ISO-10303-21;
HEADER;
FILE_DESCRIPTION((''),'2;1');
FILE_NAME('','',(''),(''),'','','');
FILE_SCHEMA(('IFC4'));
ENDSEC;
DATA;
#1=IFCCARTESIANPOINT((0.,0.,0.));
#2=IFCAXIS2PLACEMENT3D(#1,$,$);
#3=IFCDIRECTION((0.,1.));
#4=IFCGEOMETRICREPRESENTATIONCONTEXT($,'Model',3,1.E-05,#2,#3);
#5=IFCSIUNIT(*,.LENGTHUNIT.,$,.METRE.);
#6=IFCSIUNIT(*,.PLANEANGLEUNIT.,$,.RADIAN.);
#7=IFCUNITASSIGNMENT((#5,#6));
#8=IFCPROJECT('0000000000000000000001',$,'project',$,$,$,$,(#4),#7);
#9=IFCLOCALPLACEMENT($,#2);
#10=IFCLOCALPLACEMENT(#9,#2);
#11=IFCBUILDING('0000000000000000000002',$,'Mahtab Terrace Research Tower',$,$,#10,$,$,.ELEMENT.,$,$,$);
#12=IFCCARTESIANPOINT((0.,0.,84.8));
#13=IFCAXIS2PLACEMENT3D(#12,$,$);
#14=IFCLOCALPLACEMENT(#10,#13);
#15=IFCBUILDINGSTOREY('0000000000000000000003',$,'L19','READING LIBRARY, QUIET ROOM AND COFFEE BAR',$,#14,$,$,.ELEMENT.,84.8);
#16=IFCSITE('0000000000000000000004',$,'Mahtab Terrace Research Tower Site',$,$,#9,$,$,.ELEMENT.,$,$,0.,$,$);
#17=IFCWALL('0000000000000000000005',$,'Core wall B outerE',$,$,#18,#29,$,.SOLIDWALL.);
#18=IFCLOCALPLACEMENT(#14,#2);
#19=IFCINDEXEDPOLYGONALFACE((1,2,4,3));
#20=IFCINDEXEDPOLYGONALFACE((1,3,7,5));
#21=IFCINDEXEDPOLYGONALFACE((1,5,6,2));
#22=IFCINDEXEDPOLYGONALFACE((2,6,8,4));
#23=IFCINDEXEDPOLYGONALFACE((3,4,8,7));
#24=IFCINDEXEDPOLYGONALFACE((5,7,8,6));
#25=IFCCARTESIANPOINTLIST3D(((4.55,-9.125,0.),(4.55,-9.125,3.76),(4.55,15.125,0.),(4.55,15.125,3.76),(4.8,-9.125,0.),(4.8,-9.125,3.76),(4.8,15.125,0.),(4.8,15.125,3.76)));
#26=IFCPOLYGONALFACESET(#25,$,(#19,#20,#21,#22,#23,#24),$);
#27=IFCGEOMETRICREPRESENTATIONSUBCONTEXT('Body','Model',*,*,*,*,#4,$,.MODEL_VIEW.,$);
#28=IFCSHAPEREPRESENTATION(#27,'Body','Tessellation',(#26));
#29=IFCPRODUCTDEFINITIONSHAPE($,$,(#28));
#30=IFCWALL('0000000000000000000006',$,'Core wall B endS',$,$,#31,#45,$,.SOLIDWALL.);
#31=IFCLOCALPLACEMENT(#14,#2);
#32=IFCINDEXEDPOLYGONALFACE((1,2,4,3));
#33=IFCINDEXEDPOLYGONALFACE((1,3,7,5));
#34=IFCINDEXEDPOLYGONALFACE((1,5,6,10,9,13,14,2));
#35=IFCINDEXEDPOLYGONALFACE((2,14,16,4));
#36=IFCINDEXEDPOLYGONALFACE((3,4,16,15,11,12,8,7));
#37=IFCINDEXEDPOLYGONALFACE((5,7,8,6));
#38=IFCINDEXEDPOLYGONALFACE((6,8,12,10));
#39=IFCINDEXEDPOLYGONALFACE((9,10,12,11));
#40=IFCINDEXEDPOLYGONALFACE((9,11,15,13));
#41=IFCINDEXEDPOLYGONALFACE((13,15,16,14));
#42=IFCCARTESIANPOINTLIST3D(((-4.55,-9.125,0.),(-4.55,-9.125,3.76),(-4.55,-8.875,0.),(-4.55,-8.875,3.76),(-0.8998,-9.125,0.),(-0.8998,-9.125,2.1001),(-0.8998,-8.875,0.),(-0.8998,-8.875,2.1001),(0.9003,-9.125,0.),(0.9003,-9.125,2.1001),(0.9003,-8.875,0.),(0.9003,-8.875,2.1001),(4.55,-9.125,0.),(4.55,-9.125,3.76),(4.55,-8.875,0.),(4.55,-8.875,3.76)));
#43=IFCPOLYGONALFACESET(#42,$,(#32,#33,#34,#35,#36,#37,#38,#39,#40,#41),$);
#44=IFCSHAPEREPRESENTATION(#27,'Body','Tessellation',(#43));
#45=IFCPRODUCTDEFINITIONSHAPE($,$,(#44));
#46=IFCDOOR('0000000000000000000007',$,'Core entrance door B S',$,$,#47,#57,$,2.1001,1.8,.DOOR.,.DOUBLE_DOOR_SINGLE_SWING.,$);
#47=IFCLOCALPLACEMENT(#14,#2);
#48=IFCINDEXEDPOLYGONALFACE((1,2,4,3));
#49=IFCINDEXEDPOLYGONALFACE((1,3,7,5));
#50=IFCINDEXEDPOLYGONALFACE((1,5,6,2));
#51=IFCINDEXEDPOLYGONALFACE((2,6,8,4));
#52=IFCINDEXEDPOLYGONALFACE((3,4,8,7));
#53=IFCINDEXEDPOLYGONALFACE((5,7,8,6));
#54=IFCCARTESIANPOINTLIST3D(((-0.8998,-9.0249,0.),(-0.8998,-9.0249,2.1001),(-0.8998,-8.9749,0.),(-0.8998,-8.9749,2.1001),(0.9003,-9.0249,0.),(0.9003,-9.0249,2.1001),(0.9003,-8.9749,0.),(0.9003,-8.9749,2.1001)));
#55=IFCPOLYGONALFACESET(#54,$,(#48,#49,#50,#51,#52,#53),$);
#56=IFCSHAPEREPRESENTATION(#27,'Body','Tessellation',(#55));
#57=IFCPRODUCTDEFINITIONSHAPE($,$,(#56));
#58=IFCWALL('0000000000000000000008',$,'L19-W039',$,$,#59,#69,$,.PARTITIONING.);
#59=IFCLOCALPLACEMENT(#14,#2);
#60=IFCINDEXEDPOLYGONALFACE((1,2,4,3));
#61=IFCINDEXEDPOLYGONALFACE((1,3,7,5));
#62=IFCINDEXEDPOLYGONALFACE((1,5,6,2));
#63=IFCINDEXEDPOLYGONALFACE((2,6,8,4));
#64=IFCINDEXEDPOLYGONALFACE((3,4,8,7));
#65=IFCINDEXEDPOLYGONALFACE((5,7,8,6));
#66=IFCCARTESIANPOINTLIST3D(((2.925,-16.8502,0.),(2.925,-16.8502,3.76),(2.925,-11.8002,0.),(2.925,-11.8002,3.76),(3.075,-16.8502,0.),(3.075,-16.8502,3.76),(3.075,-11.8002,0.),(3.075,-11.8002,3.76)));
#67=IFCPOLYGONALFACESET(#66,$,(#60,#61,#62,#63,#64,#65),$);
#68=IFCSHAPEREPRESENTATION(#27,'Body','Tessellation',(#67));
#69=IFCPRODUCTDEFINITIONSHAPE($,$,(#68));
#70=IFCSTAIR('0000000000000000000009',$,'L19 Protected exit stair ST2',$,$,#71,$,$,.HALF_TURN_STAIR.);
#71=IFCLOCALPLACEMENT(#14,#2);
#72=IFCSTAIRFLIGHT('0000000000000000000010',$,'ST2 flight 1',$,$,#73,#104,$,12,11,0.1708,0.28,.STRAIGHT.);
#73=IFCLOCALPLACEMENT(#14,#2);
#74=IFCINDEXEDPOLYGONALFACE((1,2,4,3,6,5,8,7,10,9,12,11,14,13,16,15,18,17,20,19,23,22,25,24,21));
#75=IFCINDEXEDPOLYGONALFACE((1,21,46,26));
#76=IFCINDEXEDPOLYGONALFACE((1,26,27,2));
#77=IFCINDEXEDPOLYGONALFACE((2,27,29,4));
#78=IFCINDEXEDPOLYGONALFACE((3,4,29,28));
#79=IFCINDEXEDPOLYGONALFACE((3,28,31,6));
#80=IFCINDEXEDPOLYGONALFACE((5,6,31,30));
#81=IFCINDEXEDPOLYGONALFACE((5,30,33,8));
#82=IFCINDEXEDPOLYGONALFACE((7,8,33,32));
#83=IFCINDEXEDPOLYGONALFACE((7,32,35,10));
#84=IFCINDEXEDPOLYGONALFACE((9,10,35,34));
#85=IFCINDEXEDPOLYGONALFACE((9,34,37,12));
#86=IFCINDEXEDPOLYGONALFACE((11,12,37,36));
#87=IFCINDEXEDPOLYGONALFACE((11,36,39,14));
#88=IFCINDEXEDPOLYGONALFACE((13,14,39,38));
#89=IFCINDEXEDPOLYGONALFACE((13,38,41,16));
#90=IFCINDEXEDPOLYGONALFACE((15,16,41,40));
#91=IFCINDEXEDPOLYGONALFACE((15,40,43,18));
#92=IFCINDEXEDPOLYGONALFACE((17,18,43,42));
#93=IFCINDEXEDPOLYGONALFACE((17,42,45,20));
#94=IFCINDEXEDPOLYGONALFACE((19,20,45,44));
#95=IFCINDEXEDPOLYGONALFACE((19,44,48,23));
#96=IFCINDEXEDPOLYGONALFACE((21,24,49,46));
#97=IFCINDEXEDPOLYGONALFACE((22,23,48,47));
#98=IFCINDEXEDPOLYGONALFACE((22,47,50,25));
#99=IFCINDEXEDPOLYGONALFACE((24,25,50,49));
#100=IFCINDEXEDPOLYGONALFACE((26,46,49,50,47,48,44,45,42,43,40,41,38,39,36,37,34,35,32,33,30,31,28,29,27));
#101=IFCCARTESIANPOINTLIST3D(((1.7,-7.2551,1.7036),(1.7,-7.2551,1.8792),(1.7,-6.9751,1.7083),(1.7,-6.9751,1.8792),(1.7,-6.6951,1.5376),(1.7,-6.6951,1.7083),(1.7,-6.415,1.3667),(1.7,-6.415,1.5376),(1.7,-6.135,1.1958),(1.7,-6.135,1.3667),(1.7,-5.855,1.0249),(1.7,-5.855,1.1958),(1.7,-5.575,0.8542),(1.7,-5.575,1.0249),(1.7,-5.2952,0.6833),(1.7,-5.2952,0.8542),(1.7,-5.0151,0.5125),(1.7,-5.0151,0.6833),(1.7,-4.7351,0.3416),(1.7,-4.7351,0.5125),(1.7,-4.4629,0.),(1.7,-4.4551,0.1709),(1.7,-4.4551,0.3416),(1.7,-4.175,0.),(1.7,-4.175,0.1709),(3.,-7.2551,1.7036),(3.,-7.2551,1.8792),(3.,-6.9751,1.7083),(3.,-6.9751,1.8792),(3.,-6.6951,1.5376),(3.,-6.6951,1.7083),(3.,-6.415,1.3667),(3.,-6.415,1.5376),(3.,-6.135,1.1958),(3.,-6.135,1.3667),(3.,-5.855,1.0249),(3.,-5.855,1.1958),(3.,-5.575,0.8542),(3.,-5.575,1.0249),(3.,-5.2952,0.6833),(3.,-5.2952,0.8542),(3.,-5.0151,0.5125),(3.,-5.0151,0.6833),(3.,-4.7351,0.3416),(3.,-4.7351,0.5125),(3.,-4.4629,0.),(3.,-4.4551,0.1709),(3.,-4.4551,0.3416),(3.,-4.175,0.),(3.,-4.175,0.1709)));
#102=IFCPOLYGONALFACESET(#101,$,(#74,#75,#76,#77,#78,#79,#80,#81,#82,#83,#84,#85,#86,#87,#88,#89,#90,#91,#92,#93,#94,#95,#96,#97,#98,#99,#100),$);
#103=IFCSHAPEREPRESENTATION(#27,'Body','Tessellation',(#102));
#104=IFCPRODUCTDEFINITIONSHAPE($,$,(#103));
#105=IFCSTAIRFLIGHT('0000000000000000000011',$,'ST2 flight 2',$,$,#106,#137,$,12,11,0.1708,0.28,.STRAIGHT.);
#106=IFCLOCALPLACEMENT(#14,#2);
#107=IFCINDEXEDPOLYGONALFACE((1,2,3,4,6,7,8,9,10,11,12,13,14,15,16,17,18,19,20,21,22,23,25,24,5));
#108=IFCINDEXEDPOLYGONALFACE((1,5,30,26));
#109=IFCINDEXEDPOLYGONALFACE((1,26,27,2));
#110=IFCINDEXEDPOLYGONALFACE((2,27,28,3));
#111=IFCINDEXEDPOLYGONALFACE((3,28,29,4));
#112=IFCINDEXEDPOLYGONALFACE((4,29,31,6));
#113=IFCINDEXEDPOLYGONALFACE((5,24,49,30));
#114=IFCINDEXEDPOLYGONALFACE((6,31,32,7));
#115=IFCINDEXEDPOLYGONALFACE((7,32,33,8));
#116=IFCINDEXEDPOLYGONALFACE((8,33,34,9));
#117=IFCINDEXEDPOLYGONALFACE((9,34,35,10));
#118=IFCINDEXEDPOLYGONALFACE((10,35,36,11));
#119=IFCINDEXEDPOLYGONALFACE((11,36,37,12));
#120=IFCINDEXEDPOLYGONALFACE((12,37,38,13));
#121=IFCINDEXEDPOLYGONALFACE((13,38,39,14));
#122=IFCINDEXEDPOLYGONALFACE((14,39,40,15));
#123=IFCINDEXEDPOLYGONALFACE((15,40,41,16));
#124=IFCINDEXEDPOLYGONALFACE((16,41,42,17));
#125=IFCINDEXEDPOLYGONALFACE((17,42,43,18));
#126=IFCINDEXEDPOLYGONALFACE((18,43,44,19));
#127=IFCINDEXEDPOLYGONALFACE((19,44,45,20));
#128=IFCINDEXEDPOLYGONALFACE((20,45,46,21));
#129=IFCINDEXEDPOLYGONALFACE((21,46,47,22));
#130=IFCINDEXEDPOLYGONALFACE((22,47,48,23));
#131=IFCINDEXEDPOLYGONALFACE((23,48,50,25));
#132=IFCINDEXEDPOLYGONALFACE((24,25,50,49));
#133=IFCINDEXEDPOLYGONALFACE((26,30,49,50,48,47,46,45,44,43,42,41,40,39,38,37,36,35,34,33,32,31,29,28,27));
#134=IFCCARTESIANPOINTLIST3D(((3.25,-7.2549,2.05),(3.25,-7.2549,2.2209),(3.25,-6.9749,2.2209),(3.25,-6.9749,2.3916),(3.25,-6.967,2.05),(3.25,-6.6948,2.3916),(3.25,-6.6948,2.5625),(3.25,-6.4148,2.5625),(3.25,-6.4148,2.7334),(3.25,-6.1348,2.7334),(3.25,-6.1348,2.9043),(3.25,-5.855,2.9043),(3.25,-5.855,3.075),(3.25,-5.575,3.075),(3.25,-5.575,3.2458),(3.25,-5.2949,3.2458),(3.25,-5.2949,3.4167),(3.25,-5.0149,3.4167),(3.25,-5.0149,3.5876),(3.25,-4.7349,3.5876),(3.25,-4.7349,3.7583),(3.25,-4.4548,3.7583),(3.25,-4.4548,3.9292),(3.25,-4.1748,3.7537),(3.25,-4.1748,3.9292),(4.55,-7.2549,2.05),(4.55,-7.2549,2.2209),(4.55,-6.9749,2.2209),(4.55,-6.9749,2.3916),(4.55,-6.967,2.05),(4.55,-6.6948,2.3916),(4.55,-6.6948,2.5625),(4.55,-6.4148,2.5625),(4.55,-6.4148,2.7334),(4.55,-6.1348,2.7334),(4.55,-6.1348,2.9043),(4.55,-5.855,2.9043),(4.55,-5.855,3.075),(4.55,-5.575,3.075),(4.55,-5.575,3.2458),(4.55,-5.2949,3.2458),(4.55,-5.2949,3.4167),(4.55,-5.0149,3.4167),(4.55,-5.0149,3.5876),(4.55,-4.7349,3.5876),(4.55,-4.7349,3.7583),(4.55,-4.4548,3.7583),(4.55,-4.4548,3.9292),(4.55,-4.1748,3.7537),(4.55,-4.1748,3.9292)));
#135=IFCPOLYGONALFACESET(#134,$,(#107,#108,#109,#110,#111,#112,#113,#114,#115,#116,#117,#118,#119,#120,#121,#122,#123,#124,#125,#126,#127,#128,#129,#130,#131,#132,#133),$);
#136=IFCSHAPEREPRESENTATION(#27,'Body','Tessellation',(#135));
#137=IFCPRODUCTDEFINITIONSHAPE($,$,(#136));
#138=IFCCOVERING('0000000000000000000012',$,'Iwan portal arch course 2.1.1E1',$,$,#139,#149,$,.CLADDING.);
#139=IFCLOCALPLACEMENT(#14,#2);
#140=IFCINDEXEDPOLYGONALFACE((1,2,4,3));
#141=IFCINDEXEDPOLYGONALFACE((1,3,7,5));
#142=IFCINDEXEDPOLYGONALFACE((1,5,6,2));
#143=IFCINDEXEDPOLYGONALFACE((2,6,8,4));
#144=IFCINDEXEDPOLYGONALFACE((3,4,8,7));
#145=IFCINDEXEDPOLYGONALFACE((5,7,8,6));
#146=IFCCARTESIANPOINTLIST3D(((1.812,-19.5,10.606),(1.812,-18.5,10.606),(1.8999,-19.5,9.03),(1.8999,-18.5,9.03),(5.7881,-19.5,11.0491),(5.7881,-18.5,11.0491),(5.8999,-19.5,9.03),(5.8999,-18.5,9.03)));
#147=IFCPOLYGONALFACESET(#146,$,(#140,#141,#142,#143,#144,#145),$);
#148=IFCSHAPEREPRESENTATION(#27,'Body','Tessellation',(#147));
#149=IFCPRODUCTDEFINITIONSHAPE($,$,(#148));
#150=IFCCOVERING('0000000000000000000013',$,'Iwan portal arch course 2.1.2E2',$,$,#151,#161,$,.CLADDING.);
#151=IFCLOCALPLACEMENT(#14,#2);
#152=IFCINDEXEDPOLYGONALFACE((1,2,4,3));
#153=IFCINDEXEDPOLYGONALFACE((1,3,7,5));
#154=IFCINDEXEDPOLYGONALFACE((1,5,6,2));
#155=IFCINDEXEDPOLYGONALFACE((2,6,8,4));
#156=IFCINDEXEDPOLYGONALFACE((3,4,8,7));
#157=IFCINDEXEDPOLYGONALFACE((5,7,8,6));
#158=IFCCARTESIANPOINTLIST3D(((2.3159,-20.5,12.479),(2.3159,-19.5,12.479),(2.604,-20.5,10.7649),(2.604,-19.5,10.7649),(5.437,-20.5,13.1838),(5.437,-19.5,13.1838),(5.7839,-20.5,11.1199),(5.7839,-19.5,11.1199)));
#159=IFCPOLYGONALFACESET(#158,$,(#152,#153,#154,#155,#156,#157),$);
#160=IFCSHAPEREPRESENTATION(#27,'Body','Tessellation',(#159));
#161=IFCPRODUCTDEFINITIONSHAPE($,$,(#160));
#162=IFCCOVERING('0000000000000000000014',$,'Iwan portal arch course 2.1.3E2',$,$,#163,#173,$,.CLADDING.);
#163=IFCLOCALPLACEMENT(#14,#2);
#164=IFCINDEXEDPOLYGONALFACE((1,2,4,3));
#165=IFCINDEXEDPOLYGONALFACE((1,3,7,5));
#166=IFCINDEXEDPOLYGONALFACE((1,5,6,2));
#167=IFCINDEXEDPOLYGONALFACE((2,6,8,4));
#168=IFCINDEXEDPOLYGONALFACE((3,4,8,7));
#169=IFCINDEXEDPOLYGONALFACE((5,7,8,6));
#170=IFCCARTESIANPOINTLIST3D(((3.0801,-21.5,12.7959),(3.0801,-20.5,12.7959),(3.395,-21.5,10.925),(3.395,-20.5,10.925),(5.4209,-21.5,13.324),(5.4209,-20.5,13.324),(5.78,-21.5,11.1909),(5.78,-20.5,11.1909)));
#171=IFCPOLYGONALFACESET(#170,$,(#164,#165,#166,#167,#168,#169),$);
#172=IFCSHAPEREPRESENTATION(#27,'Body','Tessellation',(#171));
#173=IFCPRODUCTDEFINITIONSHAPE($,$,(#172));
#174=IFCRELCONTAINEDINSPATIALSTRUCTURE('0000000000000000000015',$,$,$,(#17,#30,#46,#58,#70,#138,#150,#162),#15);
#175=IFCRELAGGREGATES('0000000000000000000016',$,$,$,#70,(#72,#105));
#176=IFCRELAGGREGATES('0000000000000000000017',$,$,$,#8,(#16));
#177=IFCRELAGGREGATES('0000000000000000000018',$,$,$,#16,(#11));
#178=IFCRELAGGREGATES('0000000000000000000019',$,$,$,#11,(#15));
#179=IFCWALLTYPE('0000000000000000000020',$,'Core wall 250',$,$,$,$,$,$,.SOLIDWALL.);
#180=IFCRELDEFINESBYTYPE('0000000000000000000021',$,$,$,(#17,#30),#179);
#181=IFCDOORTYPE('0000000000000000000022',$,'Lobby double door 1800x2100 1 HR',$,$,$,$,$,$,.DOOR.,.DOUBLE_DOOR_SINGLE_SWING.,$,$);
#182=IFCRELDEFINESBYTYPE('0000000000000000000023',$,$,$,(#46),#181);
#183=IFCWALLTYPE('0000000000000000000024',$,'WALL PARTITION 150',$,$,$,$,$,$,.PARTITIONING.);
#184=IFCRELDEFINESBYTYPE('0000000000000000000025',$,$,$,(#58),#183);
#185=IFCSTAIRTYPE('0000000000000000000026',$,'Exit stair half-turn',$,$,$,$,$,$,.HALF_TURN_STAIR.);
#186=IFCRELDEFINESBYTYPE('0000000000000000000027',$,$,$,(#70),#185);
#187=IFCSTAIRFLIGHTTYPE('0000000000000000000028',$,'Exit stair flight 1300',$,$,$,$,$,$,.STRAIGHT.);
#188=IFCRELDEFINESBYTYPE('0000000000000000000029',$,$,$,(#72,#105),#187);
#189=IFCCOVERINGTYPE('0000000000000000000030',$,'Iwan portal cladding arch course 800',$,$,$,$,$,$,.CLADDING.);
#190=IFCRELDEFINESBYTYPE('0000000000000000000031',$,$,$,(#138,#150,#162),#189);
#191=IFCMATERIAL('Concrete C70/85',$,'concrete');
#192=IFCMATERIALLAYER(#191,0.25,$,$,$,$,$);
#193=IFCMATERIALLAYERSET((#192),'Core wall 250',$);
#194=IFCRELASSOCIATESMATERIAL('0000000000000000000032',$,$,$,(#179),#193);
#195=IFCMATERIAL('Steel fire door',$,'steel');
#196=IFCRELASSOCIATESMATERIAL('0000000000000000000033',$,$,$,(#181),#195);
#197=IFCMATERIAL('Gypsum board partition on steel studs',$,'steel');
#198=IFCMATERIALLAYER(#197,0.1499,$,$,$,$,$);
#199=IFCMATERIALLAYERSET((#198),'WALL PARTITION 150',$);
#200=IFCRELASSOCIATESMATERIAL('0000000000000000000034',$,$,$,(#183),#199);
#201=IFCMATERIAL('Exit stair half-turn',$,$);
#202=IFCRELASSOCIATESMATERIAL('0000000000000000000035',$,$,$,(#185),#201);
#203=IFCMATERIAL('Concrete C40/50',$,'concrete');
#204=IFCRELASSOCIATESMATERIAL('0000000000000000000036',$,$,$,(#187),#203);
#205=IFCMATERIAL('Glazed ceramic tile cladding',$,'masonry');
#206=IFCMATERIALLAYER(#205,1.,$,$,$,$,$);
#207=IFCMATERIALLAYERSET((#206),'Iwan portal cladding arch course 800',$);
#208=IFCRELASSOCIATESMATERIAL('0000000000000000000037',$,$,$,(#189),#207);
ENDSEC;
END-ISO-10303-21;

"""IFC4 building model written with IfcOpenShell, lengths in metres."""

from ifc_helpers import new_model, si_unit, direction, frame, frame_2d, origin, place, context, subcontext, project, spatial, polyline, rectangle, outline, extrude, material, layer, layer_set, type_object, element, fill, aggregate, save


model = new_model("IFC4")

# Units and contexts
model_context = context("Model", 3, precision=1e-05, world=origin(), true_north=direction((0.0, 1.0)))
body_context = subcontext(model_context, "Body", "Model", "MODEL_VIEW")
ifc_project = project(units=[si_unit("LENGTHUNIT", "METRE"), si_unit("PLANEANGLEUNIT", "RADIAN")], contexts=[model_context])

# Site, building, storey
site_placement = place(None, origin())
site = spatial("IfcSite", under=ifc_project, at=site_placement, Name="Mahtab Terrace Research Tower Site", CompositionType="ELEMENT", RefElevation=0.0)
building_placement = place(site_placement, origin())
building = spatial("IfcBuilding", under=site, at=building_placement, Name="Mahtab Terrace Research Tower", CompositionType="ELEMENT")
storey_placement = place(building_placement, frame((0.0, 0.0, 84.8)))
storey = spatial("IfcBuildingStorey", under=building, at=storey_placement, Name="L19", Description="READING LIBRARY, QUIET ROOM AND COFFEE BAR", CompositionType="ELEMENT", Elevation=84.8)

# Wall
ifc_material_1 = material(Name="Concrete C70/85", Category="concrete")
ifc_layer_1 = layer(ifc_material_1, 0.25)
ifc_layer_set_1 = layer_set([ifc_layer_1], Name="Core wall 250")
wall_type_1 = type_object("IfcWallType", Name="Core wall 250", PredefinedType="SOLIDWALL", material=ifc_layer_set_1)
wall_1_placement = place(storey_placement, frame((4.675, -9.125, 0.0), z_axis=(0.0, 0.0, 1.0), x_axis=(0.0, 1.0, 0.0)))
element("IfcWall", 1, at=wall_1_placement, inside=storey, type_object=wall_type_1, Name="Core wall B outerE", PredefinedType="SOLIDWALL", context=body_context, shape_type="SweptSolid", body=[
    extrude(rectangle(XDim=24.25, YDim=0.25, at=frame_2d((12.125, 0.0))), origin(), (0.0, 0.0, 1.0), 3.76),
])

# Wall, opening, door
wall_2_placement = place(storey_placement, frame((4.55, -9.0, 0.0), z_axis=(0.0, 0.0, 1.0), x_axis=(-1.0, 0.0, 0.0)))
wall_2 = element("IfcWall", 2, at=wall_2_placement, inside=storey, type_object=wall_type_1, Name="Core wall B endS", PredefinedType="SOLIDWALL", context=body_context, shape_type="SweptSolid", body=[
    extrude(rectangle(XDim=9.1001, YDim=0.25, at=frame_2d((4.55, 0.0))), origin(), (0.0, 0.0, 1.0), 3.76),
])
opening_placement = place(wall_2_placement, frame((3.6499, 0.0, 0.0)))
opening = element("IfcOpeningElement", 3, at=opening_placement, cuts=wall_2, PredefinedType="OPENING", context=body_context, shape_type="SweptSolid", body=[
    extrude(rectangle(XDim=1.8, YDim=2.1001, at=frame_2d((0.8999, 1.05))), frame((0.0, 0.135, 0.0), z_axis=(0.0, -1.0, 0.0), x_axis=(1.0, 0.0, 0.0)), (0.0, 0.0, 1.0), 0.27),
])
ifc_material_2 = material(Name="Steel fire door", Category="steel")
door_type = type_object("IfcDoorType", Name="Lobby double door 1800x2100 1 HR", OperationType="DOUBLE_DOOR_SINGLE_SWING", PredefinedType="DOOR", material=ifc_material_2)
door_placement = place(opening_placement, origin())
door = element("IfcDoor", 4, at=door_placement, inside=storey, type_object=door_type, Name="Core entrance door B S", OperationType="DOUBLE_DOOR_SINGLE_SWING", OverallHeight=2.1001, OverallWidth=1.8, PredefinedType="DOOR", context=body_context, shape_type="SweptSolid", body=[
    extrude(rectangle(XDim=1.8, YDim=2.1001, at=frame_2d((0.8999, 1.05))), frame((0.0, 0.0249, 0.0), z_axis=(0.0, -1.0, 0.0), x_axis=(1.0, 0.0, 0.0)), (0.0, 0.0, 1.0), 0.05),
])
fill(opening, door)

# Wall
ifc_material_3 = material(Name="Gypsum board partition on steel studs", Category="steel")
ifc_layer_2 = layer(ifc_material_3, 0.1499)
ifc_layer_set_2 = layer_set([ifc_layer_2], Name="WALL PARTITION 150")
wall_type_2 = type_object("IfcWallType", Name="WALL PARTITION 150", PredefinedType="PARTITIONING", material=ifc_layer_set_2)
wall_3_placement = place(storey_placement, frame((3.0, -16.8501, 0.0), z_axis=(0.0, 0.0, 1.0), x_axis=(0.0, 1.0, 0.0)))
element("IfcWall", 5, at=wall_3_placement, inside=storey, type_object=wall_type_2, Name="L19-W039", PredefinedType="PARTITIONING", context=body_context, shape_type="SweptSolid", body=[
    extrude(rectangle(XDim=5.05, YDim=0.1499, at=frame_2d((2.5249, 0.0))), origin(), (0.0, 0.0, 1.0), 3.76),
])

# Stair, stair flights
ifc_material_4 = material(Name="Exit stair half-turn")
stair_type = type_object("IfcStairType", Name="Exit stair half-turn", PredefinedType="HALF_TURN_STAIR", material=ifc_material_4)
stair_placement = place(storey_placement, origin())
stair = element("IfcStair", 6, at=stair_placement, inside=storey, type_object=stair_type, Name="L19 Protected exit stair ST2", PredefinedType="HALF_TURN_STAIR")
ifc_material_5 = material(Name="Concrete C40/50", Category="concrete")
stair_flight_type = type_object("IfcStairFlightType", Name="Exit stair flight 1300", PredefinedType="STRAIGHT", material=ifc_material_5)
stair_flight_1_placement = place(storey_placement, frame((2.3501, -4.175, 0.0), z_axis=(0.0, 0.0, 1.0), x_axis=(0.0, -1.0, 0.0)))
stair_flight_1 = element("IfcStairFlight", 7, at=stair_flight_1_placement, type_object=stair_flight_type, Name="ST2 flight 1", NumberOfRisers=12, NumberOfTreads=11, PredefinedType="STRAIGHT", RiserHeight=0.1708, TreadLength=0.28, context=body_context, shape_type="SweptSolid", body=[
    extrude(outline(polyline([(0.0, 0.0), (0.0, 0.1709), (0.28, 0.1709), (0.28, 0.3416), (0.5601, 0.3416), (0.5601, 0.5125), (0.8401, 0.5125), (0.8401, 0.6833), (1.1201, 0.6833), (1.1201, 0.8542), (1.3999, 0.8542), (1.3999, 1.0249), (1.6799, 1.0249), (1.6799, 1.1958), (1.96, 1.1958), (1.96, 1.3667), (2.24, 1.3667), (2.24, 1.5376), (2.52, 1.5376), (2.52, 1.7083), (2.8, 1.7083), (2.8, 1.8792), (3.0801, 1.8792), (3.0801, 2.05), (3.0801, 1.7036), (0.2878, 0.0), (0.0, 0.0)])), frame((0.0, 0.6499, 0.0), z_axis=(0.0, -1.0, 0.0), x_axis=(1.0, 0.0, 0.0)), (0.0, 0.0, 1.0), 1.3),
])
stair_flight_2_placement = place(storey_placement, frame((3.8999, -7.2549, 2.05), z_axis=(0.0, 0.0, 1.0), x_axis=(0.0, 1.0, 0.0)))
stair_flight_2 = element("IfcStairFlight", 8, at=stair_flight_2_placement, type_object=stair_flight_type, Name="ST2 flight 2", NumberOfRisers=12, NumberOfTreads=11, PredefinedType="STRAIGHT", RiserHeight=0.1708, TreadLength=0.28, context=body_context, shape_type="SweptSolid", body=[
    extrude(outline(polyline([(0.0, 0.0), (0.0, 0.1709), (0.28, 0.1709), (0.28, 0.3416), (0.5601, 0.3416), (0.5601, 0.5125), (0.8401, 0.5125), (0.8401, 0.6833), (1.1201, 0.6833), (1.1201, 0.8542), (1.3999, 0.8542), (1.3999, 1.0249), (1.6799, 1.0249), (1.6799, 1.1958), (1.96, 1.1958), (1.96, 1.3667), (2.24, 1.3667), (2.24, 1.5376), (2.52, 1.5376), (2.52, 1.7083), (2.8, 1.7083), (2.8, 1.8792), (3.0801, 1.8792), (3.0801, 2.05), (3.0801, 1.7036), (0.2878, 0.0), (0.0, 0.0)])), frame((0.0, 0.6499, 0.0), z_axis=(0.0, -1.0, 0.0), x_axis=(1.0, 0.0, 0.0)), (0.0, 0.0, 1.0), 1.3),
])
aggregate(stair, [stair_flight_1, stair_flight_2])

# Coverings
ifc_material_6 = material(Name="Glazed ceramic tile cladding", Category="masonry")
ifc_layer_3 = layer(ifc_material_6, 1.0)
ifc_layer_set_3 = layer_set([ifc_layer_3], Name="Iwan portal cladding arch course 800")
covering_type_1 = type_object("IfcCoveringType", Name="Iwan portal cladding arch course 800", PredefinedType="CLADDING", material=ifc_layer_set_3)
covering_1_placement = place(storey_placement, frame((1.8999, -18.5, 9.03), z_axis=(0.0, 1.0, 0.0), x_axis=(-0.055684, 0.0, 0.998448)))
element("IfcCovering", 9, at=covering_1_placement, inside=storey, type_object=covering_type_1, Name="Iwan portal arch course 2.1.1E1", PredefinedType="CLADDING", context=body_context, shape_type="SweptSolid", body=[
    extrude(outline(polyline([(0.0, 0.0), (1.5784, 0.0), (1.7994, 3.9946), (-0.2227, 3.9938), (0.0, 0.0)])), origin(), (0.0, 0.0, -1.0), 1.0),
])
covering_2_placement = place(storey_placement, frame((2.604, -19.5, 10.7649), z_axis=(0.0, 1.0, 0.0), x_axis=(-0.165743, 0.0, 0.986169)))
element("IfcCovering", 10, at=covering_2_placement, inside=storey, type_object=covering_type_1, Name="Iwan portal arch course 2.1.2E2", PredefinedType="CLADDING", context=body_context, shape_type="SweptSolid", body=[
    extrude(outline(polyline([(0.0, 0.0), (1.7382, 0.0), (1.9159, 3.1947), (-0.177, 3.1948), (0.0, 0.0)])), origin(), (0.0, 0.0, -1.0), 1.0),
])
covering_3_placement = place(storey_placement, frame((3.395, -20.5, 10.925), z_axis=(0.0, 1.0, 0.0), x_axis=(-0.166006, 0.0, 0.986125)))
element("IfcCovering", 11, at=covering_3_placement, inside=storey, type_object=covering_type_1, Name="Iwan portal arch course 2.1.3E2", PredefinedType="CLADDING", context=body_context, shape_type="SweptSolid", body=[
    extrude(outline(polyline([(0.0, 0.0), (1.8972, 0.0), (2.0293, 2.396), (-0.1337, 2.3961), (0.0, 0.0)])), origin(), (0.0, 0.0, -1.0), 1.0),
])

save(model, "model.ifc")
